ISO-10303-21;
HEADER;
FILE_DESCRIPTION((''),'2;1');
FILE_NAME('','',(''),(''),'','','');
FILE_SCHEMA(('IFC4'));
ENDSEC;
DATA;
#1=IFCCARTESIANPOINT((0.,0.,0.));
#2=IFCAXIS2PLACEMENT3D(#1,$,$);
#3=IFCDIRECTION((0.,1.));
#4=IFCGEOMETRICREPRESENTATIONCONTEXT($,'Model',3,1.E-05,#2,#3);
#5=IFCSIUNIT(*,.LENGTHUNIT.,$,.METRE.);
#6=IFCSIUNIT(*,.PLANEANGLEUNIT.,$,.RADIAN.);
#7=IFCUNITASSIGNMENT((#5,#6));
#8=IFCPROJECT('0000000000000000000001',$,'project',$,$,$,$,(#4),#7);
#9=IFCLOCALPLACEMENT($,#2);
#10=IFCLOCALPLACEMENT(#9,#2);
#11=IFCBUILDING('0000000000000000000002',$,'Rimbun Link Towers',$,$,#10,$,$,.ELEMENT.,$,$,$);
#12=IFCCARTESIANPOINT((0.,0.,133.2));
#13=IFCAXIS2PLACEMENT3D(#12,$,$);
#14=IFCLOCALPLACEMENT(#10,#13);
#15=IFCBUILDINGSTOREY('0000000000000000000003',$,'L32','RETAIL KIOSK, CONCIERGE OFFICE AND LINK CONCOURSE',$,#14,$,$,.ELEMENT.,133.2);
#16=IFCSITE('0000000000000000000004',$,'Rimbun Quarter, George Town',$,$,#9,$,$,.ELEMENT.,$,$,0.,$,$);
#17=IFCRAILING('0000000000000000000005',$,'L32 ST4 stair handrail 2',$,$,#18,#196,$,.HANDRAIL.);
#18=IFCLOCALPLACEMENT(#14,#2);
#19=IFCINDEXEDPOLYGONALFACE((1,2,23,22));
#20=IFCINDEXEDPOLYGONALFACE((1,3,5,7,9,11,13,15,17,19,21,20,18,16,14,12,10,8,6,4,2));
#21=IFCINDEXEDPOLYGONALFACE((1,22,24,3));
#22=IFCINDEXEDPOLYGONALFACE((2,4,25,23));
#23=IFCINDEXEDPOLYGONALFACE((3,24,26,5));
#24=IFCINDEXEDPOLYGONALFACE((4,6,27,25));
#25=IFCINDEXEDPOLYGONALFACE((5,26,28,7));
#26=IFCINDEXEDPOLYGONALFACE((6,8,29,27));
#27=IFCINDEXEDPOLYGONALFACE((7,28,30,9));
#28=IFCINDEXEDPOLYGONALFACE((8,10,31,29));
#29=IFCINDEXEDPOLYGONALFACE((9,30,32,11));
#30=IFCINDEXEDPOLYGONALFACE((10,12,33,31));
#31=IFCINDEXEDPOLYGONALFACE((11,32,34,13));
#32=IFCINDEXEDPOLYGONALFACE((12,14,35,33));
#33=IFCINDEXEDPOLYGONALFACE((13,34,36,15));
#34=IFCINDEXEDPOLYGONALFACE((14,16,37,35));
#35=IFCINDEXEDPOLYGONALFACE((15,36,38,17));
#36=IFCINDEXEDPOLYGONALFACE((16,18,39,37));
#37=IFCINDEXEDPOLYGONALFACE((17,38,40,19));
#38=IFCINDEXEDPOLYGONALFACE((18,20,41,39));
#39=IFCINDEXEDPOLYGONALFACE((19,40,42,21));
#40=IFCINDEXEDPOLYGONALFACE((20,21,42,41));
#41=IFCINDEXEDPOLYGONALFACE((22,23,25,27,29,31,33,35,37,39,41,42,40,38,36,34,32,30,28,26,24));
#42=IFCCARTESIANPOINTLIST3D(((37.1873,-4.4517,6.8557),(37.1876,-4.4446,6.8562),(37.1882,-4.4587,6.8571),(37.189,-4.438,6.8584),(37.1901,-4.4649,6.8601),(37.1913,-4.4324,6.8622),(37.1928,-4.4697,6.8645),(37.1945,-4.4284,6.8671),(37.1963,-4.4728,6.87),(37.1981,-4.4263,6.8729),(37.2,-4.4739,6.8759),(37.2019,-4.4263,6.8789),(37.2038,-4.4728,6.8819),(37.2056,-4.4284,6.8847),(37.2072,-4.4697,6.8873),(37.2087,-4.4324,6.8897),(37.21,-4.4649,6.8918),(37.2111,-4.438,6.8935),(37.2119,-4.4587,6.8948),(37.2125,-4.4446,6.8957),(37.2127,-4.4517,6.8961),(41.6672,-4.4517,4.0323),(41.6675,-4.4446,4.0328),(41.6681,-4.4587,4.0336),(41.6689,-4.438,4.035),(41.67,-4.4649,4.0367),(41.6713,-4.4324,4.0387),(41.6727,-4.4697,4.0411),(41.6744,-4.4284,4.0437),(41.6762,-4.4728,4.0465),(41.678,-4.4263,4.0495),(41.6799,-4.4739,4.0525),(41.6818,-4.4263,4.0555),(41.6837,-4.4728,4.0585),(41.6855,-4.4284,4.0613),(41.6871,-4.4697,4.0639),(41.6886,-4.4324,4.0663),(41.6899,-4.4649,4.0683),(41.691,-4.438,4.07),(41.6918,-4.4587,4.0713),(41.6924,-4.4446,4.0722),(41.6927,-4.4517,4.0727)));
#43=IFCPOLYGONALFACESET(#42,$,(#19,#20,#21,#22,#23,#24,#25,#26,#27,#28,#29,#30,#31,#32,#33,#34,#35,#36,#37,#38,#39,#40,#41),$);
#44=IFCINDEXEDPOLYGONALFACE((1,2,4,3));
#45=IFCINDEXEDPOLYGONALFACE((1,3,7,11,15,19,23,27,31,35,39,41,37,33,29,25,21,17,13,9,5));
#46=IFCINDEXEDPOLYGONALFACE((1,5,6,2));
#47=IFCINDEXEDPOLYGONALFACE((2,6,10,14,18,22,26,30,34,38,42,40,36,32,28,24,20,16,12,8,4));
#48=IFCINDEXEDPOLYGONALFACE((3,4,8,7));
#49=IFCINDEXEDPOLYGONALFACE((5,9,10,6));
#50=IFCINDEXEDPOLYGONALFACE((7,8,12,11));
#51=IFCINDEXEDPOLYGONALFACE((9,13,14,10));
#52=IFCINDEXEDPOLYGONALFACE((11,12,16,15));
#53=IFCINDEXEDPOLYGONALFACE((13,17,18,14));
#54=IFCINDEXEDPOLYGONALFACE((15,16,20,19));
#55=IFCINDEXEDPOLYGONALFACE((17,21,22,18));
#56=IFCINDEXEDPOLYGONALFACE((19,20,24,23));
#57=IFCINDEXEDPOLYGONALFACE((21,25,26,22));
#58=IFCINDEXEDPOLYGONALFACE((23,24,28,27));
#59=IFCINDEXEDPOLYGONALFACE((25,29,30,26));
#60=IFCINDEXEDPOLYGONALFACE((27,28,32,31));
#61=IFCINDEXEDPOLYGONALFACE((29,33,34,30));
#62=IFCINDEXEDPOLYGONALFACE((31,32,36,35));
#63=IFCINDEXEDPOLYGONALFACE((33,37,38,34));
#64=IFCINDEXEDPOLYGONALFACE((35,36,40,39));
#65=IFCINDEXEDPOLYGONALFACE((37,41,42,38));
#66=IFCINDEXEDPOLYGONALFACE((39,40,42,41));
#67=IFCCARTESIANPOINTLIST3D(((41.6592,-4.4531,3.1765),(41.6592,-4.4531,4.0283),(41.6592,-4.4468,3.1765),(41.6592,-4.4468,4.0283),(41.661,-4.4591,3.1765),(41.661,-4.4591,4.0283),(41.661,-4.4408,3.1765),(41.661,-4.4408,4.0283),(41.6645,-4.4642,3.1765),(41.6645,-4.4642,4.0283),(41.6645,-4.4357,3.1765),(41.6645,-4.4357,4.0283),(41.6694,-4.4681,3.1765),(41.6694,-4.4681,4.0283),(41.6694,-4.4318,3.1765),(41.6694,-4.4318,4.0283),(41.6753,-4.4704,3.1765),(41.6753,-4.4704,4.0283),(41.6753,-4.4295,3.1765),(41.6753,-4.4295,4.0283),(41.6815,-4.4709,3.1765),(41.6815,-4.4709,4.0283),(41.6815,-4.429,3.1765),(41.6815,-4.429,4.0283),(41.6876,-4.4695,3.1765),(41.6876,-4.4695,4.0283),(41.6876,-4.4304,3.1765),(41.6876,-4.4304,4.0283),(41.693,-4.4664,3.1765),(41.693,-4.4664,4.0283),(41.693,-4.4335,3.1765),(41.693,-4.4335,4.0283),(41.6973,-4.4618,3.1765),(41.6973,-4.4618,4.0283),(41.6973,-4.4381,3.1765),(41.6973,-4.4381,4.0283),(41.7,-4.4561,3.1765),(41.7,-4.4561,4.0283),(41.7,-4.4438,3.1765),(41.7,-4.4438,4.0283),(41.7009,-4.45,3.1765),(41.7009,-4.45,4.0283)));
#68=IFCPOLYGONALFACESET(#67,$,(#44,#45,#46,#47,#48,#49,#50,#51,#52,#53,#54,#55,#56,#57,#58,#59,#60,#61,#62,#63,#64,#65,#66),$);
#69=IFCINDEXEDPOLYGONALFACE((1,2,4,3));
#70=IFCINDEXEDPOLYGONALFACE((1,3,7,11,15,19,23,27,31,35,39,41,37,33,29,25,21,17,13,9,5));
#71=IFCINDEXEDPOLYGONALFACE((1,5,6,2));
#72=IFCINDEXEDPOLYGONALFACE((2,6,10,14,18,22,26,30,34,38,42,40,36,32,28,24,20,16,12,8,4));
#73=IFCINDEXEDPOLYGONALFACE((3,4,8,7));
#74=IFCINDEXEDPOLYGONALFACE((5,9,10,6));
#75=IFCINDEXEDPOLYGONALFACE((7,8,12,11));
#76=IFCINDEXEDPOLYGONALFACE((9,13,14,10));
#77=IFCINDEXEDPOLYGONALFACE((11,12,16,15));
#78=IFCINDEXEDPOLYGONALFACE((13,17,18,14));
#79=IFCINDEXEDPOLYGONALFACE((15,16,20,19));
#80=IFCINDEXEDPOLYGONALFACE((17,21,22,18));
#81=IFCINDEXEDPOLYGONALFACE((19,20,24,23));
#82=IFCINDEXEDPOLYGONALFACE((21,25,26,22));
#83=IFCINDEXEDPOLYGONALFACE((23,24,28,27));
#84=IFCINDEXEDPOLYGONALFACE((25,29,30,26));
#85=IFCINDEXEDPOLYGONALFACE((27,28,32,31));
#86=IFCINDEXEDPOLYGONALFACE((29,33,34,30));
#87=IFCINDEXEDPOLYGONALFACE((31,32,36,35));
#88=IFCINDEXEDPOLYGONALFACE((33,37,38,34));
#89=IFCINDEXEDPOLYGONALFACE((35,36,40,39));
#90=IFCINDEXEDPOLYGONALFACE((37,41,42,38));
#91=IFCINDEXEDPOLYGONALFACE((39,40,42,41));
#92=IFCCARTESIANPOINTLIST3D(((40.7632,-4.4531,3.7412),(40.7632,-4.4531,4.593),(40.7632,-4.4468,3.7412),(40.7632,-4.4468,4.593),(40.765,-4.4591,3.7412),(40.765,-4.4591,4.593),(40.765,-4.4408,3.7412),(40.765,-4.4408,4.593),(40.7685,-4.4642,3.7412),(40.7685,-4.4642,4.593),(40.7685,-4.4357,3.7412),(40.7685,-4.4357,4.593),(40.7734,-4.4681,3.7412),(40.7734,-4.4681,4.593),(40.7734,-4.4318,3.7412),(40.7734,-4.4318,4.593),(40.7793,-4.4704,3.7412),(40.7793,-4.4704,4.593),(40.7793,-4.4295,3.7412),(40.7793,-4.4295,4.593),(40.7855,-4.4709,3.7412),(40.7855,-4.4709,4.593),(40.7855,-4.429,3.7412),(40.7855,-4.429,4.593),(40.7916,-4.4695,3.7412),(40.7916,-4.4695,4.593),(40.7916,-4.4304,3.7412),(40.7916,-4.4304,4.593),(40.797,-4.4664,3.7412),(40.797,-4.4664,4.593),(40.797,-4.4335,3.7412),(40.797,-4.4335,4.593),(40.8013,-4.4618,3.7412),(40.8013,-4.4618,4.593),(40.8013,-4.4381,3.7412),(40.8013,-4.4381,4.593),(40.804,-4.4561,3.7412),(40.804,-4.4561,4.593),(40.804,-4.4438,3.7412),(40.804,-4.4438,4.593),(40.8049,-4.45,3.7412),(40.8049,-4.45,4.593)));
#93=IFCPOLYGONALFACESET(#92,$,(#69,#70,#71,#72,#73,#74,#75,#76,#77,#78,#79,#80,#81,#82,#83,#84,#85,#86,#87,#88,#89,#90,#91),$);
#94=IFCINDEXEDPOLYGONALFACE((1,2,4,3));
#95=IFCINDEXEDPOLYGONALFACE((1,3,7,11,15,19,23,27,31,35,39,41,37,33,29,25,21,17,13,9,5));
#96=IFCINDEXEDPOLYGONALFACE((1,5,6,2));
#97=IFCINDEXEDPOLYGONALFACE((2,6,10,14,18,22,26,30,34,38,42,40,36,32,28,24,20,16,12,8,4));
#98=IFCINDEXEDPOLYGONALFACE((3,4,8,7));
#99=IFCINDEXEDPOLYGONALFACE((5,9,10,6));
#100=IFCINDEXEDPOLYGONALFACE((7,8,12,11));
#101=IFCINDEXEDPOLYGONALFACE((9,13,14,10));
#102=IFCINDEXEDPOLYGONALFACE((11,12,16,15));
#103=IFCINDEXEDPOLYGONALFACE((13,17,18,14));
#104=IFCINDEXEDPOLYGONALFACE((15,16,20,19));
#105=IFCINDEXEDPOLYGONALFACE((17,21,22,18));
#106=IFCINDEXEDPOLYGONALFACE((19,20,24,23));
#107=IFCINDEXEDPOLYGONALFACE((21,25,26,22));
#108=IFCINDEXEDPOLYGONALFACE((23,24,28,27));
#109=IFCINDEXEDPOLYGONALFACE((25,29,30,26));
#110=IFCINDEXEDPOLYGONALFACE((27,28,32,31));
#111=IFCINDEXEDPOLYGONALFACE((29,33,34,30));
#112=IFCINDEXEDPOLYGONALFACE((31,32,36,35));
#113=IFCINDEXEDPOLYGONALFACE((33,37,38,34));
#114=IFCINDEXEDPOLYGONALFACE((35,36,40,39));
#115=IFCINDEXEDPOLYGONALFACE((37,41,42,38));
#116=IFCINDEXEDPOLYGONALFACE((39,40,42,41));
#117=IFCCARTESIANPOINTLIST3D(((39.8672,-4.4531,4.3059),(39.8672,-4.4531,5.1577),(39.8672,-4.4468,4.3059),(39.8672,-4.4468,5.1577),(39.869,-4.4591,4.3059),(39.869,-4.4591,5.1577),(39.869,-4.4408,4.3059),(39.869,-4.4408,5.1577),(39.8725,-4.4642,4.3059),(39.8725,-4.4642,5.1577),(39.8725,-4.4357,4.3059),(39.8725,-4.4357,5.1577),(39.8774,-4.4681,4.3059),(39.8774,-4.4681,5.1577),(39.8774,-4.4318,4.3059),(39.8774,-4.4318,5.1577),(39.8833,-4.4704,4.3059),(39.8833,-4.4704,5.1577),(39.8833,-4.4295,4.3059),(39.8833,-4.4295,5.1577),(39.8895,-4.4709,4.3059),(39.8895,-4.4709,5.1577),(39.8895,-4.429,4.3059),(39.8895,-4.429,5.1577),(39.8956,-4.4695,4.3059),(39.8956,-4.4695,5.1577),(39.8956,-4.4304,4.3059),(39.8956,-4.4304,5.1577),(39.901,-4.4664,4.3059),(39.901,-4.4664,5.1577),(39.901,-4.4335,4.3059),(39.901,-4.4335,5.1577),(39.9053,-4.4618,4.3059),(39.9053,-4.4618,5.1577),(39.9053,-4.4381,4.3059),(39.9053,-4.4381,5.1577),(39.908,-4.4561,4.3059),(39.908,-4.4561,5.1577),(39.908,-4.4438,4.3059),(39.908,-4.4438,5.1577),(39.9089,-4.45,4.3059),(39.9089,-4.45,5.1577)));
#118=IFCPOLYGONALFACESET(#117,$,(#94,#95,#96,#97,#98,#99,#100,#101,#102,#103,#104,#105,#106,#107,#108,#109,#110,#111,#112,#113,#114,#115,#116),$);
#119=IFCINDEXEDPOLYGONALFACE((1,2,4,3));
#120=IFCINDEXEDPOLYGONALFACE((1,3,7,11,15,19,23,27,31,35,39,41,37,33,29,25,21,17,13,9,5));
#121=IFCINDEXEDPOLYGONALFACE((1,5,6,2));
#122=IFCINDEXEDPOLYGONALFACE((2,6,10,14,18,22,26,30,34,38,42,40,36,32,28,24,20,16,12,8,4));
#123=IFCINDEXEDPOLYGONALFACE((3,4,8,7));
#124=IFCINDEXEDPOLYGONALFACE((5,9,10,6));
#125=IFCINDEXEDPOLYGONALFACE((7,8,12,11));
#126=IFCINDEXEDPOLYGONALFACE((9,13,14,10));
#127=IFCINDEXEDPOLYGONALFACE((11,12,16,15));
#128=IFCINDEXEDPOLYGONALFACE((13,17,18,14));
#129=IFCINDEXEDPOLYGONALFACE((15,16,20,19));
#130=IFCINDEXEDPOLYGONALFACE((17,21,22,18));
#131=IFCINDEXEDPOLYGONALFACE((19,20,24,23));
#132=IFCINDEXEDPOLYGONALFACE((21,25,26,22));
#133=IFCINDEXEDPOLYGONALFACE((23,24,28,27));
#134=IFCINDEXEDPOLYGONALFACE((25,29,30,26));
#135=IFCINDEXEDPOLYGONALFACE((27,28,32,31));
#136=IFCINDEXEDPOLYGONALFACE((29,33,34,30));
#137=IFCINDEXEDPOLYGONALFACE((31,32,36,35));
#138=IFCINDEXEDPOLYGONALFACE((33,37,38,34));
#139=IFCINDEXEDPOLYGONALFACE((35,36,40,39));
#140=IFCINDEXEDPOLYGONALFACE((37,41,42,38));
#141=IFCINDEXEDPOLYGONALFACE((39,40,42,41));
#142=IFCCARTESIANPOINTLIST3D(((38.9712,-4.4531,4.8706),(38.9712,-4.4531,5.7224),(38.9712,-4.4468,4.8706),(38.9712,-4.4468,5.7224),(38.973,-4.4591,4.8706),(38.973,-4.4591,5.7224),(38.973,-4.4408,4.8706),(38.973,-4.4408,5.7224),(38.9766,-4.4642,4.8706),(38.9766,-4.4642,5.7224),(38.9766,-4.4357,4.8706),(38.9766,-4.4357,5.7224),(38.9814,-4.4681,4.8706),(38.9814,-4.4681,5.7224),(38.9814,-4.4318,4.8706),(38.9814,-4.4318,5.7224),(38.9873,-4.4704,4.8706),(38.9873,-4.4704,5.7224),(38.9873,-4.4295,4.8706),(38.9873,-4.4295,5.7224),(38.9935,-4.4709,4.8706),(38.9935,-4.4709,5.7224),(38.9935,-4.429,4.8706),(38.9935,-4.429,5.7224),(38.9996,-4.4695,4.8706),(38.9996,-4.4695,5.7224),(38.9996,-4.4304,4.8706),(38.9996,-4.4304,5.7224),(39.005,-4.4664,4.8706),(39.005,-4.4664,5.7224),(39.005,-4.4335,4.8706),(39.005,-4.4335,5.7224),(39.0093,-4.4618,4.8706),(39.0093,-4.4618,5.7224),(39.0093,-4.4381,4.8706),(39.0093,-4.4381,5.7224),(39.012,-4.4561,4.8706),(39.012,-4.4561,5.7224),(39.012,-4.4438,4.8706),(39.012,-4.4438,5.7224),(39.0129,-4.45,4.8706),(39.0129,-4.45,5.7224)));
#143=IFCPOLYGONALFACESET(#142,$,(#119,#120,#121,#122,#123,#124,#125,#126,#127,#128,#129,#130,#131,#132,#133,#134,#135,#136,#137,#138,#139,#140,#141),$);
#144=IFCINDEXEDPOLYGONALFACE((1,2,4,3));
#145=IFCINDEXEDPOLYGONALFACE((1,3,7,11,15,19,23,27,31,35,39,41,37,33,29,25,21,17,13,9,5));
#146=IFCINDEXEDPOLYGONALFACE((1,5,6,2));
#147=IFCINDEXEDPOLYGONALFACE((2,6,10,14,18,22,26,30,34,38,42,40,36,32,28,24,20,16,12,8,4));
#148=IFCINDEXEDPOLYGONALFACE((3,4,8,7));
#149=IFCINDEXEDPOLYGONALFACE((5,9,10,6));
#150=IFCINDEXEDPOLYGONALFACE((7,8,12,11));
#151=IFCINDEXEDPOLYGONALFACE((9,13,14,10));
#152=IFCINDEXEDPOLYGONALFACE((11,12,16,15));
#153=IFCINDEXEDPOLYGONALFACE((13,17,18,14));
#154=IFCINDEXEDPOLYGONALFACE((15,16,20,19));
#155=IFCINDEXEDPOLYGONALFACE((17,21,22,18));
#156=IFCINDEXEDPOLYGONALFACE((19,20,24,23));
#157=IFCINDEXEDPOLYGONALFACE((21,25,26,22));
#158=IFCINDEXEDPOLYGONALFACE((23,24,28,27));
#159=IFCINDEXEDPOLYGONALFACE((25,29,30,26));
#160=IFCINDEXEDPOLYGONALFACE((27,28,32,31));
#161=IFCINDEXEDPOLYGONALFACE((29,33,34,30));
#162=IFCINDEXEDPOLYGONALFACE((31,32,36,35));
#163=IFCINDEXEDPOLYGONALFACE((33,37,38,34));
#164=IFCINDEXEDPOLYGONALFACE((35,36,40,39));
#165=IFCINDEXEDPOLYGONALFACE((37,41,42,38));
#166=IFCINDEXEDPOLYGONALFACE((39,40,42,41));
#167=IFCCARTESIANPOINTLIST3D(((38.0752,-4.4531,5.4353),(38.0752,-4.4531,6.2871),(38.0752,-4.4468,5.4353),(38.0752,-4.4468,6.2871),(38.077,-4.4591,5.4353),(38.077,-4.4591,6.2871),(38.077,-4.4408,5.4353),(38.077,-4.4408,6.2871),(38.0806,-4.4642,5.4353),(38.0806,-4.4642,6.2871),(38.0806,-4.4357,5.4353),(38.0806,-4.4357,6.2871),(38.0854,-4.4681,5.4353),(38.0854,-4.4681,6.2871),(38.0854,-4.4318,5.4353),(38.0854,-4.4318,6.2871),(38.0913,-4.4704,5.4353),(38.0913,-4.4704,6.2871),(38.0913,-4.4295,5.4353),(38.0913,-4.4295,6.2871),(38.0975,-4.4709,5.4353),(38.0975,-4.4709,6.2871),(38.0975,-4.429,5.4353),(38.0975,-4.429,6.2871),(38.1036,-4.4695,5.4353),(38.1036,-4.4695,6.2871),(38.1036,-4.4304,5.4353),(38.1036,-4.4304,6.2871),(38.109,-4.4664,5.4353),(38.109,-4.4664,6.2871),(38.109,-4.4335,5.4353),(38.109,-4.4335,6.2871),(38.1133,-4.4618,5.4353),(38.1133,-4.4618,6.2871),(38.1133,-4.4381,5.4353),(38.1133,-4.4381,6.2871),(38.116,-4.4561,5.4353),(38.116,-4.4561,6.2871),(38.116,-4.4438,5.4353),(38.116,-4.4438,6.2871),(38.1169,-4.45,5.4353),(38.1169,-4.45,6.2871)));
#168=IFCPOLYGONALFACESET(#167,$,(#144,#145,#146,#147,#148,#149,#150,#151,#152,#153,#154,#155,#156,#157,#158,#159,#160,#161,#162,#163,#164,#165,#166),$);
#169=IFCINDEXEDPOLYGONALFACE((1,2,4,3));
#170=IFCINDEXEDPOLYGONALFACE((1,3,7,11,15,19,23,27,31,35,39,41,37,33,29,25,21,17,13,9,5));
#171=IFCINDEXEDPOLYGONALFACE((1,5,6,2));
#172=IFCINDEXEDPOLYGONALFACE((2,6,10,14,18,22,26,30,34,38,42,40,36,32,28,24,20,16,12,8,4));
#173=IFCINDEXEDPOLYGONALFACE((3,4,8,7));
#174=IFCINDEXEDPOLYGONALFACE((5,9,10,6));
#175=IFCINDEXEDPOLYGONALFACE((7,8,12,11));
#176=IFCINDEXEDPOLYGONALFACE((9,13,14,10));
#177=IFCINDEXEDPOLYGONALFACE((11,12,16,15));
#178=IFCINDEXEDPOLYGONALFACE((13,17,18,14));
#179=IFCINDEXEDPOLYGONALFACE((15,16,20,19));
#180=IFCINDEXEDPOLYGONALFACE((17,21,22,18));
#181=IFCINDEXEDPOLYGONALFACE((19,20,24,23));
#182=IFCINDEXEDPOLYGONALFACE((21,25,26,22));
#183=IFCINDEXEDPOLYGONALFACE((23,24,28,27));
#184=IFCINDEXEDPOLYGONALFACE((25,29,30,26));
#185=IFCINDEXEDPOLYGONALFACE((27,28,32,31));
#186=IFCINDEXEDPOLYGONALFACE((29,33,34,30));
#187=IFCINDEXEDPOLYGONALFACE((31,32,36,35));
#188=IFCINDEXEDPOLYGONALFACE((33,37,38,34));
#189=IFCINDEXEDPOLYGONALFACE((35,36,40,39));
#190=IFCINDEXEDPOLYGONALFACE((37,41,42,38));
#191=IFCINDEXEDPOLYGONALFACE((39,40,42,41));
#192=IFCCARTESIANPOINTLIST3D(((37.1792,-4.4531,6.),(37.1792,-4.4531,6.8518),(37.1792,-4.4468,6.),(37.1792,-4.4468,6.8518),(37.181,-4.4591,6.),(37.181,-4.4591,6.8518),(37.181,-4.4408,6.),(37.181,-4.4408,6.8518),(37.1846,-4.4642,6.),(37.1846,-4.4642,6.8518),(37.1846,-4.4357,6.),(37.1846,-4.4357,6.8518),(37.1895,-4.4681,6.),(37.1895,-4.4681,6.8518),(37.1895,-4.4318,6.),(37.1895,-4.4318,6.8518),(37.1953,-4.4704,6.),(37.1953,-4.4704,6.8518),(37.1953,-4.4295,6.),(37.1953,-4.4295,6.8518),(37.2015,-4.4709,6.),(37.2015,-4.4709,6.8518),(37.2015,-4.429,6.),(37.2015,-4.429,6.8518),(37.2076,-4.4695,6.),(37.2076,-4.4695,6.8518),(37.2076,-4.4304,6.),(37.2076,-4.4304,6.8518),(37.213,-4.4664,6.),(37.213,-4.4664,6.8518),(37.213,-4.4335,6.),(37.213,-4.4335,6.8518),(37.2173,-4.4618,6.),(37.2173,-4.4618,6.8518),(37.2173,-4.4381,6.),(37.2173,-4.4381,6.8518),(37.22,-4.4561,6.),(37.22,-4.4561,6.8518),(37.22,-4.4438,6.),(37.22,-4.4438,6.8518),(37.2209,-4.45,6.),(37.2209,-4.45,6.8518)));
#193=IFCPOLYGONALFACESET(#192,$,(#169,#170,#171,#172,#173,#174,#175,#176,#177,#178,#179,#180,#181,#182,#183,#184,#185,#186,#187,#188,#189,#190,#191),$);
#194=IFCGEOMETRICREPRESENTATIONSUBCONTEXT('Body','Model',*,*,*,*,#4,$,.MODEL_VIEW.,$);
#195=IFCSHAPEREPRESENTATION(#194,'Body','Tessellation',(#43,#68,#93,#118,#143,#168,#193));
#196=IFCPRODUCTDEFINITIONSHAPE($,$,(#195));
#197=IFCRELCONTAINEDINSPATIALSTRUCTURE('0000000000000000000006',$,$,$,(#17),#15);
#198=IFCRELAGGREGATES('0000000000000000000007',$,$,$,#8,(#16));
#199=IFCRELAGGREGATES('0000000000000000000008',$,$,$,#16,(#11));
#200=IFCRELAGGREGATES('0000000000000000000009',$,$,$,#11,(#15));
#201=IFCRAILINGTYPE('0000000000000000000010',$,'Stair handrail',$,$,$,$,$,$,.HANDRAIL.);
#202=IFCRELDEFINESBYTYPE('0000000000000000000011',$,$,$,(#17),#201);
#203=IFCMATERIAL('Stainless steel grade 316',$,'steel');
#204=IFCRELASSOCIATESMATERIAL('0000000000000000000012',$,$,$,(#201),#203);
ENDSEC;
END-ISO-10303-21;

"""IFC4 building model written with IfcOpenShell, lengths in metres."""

from ifc_helpers import new_model, si_unit, direction, frame, origin, origin_2d, place, context, subcontext, project, spatial, circle, extrude, material, type_object, element, save


model = new_model("IFC4")

# Units and contexts
model_context = context("Model", 3, precision=1e-05, world=origin(), true_north=direction((0.0, 1.0)))
body_context = subcontext(model_context, "Body", "Model", "MODEL_VIEW")
ifc_project = project(units=[si_unit("LENGTHUNIT", "METRE"), si_unit("PLANEANGLEUNIT", "RADIAN")], contexts=[model_context])

# Site, building, storey
site_placement = place(None, origin())
site = spatial("IfcSite", under=ifc_project, at=site_placement, Name="Rimbun Quarter, George Town", CompositionType="ELEMENT", RefElevation=0.0)
building_placement = place(site_placement, origin())
building = spatial("IfcBuilding", under=site, at=building_placement, Name="Rimbun Link Towers", CompositionType="ELEMENT")
storey_placement = place(building_placement, frame((0.0, 0.0, 133.2)))
storey = spatial("IfcBuildingStorey", under=building, at=storey_placement, Name="L32", Description="RETAIL KIOSK, CONCIERGE OFFICE AND LINK CONCOURSE", CompositionType="ELEMENT", Elevation=133.2)

# Railing
ifc_material_1 = material(Name="Stainless steel grade 316", Category="steel")
railing_type_1 = type_object("IfcRailingType", Name="Stair handrail", PredefinedType="HANDRAIL", material=ifc_material_1)
railing_1_placement = place(storey_placement, frame((41.6799, -4.45, 3.1765)))
element("IfcRailing", 1, at=railing_1_placement, inside=storey, type_object=railing_type_1, Name="L32 ST4 stair handrail 2", PredefinedType="HANDRAIL", context=body_context, shape_type="SweptSolid", body=[
    extrude(circle(Radius=0.0239, at=origin_2d()), frame((0.0, 0.0, 0.876), z_axis=(-0.845998, 0.0, 0.533186), x_axis=(0.0, -1.0, 0.0)), (0.0, 0.0, 1.0), 5.2954),
    extrude(circle(Radius=0.021, at=origin_2d()), origin(), (0.0, 0.0, 1.0), 0.8518),
    extrude(circle(Radius=0.021, at=origin_2d()), frame((-0.896, 0.0, 0.5647)), (0.0, 0.0, 1.0), 0.8518),
    extrude(circle(Radius=0.021, at=origin_2d()), frame((-1.792, 0.0, 1.1294)), (0.0, 0.0, 1.0), 0.8518),
    extrude(circle(Radius=0.021, at=origin_2d()), frame((-2.688, 0.0, 1.6941)), (0.0, 0.0, 1.0), 0.8518),
    extrude(circle(Radius=0.021, at=origin_2d()), frame((-3.584, 0.0, 2.2588)), (0.0, 0.0, 1.0), 0.8518),
    extrude(circle(Radius=0.021, at=origin_2d()), frame((-4.48, 0.0, 2.8235)), (0.0, 0.0, 1.0), 0.8518),
])

save(model, "model.ifc")
